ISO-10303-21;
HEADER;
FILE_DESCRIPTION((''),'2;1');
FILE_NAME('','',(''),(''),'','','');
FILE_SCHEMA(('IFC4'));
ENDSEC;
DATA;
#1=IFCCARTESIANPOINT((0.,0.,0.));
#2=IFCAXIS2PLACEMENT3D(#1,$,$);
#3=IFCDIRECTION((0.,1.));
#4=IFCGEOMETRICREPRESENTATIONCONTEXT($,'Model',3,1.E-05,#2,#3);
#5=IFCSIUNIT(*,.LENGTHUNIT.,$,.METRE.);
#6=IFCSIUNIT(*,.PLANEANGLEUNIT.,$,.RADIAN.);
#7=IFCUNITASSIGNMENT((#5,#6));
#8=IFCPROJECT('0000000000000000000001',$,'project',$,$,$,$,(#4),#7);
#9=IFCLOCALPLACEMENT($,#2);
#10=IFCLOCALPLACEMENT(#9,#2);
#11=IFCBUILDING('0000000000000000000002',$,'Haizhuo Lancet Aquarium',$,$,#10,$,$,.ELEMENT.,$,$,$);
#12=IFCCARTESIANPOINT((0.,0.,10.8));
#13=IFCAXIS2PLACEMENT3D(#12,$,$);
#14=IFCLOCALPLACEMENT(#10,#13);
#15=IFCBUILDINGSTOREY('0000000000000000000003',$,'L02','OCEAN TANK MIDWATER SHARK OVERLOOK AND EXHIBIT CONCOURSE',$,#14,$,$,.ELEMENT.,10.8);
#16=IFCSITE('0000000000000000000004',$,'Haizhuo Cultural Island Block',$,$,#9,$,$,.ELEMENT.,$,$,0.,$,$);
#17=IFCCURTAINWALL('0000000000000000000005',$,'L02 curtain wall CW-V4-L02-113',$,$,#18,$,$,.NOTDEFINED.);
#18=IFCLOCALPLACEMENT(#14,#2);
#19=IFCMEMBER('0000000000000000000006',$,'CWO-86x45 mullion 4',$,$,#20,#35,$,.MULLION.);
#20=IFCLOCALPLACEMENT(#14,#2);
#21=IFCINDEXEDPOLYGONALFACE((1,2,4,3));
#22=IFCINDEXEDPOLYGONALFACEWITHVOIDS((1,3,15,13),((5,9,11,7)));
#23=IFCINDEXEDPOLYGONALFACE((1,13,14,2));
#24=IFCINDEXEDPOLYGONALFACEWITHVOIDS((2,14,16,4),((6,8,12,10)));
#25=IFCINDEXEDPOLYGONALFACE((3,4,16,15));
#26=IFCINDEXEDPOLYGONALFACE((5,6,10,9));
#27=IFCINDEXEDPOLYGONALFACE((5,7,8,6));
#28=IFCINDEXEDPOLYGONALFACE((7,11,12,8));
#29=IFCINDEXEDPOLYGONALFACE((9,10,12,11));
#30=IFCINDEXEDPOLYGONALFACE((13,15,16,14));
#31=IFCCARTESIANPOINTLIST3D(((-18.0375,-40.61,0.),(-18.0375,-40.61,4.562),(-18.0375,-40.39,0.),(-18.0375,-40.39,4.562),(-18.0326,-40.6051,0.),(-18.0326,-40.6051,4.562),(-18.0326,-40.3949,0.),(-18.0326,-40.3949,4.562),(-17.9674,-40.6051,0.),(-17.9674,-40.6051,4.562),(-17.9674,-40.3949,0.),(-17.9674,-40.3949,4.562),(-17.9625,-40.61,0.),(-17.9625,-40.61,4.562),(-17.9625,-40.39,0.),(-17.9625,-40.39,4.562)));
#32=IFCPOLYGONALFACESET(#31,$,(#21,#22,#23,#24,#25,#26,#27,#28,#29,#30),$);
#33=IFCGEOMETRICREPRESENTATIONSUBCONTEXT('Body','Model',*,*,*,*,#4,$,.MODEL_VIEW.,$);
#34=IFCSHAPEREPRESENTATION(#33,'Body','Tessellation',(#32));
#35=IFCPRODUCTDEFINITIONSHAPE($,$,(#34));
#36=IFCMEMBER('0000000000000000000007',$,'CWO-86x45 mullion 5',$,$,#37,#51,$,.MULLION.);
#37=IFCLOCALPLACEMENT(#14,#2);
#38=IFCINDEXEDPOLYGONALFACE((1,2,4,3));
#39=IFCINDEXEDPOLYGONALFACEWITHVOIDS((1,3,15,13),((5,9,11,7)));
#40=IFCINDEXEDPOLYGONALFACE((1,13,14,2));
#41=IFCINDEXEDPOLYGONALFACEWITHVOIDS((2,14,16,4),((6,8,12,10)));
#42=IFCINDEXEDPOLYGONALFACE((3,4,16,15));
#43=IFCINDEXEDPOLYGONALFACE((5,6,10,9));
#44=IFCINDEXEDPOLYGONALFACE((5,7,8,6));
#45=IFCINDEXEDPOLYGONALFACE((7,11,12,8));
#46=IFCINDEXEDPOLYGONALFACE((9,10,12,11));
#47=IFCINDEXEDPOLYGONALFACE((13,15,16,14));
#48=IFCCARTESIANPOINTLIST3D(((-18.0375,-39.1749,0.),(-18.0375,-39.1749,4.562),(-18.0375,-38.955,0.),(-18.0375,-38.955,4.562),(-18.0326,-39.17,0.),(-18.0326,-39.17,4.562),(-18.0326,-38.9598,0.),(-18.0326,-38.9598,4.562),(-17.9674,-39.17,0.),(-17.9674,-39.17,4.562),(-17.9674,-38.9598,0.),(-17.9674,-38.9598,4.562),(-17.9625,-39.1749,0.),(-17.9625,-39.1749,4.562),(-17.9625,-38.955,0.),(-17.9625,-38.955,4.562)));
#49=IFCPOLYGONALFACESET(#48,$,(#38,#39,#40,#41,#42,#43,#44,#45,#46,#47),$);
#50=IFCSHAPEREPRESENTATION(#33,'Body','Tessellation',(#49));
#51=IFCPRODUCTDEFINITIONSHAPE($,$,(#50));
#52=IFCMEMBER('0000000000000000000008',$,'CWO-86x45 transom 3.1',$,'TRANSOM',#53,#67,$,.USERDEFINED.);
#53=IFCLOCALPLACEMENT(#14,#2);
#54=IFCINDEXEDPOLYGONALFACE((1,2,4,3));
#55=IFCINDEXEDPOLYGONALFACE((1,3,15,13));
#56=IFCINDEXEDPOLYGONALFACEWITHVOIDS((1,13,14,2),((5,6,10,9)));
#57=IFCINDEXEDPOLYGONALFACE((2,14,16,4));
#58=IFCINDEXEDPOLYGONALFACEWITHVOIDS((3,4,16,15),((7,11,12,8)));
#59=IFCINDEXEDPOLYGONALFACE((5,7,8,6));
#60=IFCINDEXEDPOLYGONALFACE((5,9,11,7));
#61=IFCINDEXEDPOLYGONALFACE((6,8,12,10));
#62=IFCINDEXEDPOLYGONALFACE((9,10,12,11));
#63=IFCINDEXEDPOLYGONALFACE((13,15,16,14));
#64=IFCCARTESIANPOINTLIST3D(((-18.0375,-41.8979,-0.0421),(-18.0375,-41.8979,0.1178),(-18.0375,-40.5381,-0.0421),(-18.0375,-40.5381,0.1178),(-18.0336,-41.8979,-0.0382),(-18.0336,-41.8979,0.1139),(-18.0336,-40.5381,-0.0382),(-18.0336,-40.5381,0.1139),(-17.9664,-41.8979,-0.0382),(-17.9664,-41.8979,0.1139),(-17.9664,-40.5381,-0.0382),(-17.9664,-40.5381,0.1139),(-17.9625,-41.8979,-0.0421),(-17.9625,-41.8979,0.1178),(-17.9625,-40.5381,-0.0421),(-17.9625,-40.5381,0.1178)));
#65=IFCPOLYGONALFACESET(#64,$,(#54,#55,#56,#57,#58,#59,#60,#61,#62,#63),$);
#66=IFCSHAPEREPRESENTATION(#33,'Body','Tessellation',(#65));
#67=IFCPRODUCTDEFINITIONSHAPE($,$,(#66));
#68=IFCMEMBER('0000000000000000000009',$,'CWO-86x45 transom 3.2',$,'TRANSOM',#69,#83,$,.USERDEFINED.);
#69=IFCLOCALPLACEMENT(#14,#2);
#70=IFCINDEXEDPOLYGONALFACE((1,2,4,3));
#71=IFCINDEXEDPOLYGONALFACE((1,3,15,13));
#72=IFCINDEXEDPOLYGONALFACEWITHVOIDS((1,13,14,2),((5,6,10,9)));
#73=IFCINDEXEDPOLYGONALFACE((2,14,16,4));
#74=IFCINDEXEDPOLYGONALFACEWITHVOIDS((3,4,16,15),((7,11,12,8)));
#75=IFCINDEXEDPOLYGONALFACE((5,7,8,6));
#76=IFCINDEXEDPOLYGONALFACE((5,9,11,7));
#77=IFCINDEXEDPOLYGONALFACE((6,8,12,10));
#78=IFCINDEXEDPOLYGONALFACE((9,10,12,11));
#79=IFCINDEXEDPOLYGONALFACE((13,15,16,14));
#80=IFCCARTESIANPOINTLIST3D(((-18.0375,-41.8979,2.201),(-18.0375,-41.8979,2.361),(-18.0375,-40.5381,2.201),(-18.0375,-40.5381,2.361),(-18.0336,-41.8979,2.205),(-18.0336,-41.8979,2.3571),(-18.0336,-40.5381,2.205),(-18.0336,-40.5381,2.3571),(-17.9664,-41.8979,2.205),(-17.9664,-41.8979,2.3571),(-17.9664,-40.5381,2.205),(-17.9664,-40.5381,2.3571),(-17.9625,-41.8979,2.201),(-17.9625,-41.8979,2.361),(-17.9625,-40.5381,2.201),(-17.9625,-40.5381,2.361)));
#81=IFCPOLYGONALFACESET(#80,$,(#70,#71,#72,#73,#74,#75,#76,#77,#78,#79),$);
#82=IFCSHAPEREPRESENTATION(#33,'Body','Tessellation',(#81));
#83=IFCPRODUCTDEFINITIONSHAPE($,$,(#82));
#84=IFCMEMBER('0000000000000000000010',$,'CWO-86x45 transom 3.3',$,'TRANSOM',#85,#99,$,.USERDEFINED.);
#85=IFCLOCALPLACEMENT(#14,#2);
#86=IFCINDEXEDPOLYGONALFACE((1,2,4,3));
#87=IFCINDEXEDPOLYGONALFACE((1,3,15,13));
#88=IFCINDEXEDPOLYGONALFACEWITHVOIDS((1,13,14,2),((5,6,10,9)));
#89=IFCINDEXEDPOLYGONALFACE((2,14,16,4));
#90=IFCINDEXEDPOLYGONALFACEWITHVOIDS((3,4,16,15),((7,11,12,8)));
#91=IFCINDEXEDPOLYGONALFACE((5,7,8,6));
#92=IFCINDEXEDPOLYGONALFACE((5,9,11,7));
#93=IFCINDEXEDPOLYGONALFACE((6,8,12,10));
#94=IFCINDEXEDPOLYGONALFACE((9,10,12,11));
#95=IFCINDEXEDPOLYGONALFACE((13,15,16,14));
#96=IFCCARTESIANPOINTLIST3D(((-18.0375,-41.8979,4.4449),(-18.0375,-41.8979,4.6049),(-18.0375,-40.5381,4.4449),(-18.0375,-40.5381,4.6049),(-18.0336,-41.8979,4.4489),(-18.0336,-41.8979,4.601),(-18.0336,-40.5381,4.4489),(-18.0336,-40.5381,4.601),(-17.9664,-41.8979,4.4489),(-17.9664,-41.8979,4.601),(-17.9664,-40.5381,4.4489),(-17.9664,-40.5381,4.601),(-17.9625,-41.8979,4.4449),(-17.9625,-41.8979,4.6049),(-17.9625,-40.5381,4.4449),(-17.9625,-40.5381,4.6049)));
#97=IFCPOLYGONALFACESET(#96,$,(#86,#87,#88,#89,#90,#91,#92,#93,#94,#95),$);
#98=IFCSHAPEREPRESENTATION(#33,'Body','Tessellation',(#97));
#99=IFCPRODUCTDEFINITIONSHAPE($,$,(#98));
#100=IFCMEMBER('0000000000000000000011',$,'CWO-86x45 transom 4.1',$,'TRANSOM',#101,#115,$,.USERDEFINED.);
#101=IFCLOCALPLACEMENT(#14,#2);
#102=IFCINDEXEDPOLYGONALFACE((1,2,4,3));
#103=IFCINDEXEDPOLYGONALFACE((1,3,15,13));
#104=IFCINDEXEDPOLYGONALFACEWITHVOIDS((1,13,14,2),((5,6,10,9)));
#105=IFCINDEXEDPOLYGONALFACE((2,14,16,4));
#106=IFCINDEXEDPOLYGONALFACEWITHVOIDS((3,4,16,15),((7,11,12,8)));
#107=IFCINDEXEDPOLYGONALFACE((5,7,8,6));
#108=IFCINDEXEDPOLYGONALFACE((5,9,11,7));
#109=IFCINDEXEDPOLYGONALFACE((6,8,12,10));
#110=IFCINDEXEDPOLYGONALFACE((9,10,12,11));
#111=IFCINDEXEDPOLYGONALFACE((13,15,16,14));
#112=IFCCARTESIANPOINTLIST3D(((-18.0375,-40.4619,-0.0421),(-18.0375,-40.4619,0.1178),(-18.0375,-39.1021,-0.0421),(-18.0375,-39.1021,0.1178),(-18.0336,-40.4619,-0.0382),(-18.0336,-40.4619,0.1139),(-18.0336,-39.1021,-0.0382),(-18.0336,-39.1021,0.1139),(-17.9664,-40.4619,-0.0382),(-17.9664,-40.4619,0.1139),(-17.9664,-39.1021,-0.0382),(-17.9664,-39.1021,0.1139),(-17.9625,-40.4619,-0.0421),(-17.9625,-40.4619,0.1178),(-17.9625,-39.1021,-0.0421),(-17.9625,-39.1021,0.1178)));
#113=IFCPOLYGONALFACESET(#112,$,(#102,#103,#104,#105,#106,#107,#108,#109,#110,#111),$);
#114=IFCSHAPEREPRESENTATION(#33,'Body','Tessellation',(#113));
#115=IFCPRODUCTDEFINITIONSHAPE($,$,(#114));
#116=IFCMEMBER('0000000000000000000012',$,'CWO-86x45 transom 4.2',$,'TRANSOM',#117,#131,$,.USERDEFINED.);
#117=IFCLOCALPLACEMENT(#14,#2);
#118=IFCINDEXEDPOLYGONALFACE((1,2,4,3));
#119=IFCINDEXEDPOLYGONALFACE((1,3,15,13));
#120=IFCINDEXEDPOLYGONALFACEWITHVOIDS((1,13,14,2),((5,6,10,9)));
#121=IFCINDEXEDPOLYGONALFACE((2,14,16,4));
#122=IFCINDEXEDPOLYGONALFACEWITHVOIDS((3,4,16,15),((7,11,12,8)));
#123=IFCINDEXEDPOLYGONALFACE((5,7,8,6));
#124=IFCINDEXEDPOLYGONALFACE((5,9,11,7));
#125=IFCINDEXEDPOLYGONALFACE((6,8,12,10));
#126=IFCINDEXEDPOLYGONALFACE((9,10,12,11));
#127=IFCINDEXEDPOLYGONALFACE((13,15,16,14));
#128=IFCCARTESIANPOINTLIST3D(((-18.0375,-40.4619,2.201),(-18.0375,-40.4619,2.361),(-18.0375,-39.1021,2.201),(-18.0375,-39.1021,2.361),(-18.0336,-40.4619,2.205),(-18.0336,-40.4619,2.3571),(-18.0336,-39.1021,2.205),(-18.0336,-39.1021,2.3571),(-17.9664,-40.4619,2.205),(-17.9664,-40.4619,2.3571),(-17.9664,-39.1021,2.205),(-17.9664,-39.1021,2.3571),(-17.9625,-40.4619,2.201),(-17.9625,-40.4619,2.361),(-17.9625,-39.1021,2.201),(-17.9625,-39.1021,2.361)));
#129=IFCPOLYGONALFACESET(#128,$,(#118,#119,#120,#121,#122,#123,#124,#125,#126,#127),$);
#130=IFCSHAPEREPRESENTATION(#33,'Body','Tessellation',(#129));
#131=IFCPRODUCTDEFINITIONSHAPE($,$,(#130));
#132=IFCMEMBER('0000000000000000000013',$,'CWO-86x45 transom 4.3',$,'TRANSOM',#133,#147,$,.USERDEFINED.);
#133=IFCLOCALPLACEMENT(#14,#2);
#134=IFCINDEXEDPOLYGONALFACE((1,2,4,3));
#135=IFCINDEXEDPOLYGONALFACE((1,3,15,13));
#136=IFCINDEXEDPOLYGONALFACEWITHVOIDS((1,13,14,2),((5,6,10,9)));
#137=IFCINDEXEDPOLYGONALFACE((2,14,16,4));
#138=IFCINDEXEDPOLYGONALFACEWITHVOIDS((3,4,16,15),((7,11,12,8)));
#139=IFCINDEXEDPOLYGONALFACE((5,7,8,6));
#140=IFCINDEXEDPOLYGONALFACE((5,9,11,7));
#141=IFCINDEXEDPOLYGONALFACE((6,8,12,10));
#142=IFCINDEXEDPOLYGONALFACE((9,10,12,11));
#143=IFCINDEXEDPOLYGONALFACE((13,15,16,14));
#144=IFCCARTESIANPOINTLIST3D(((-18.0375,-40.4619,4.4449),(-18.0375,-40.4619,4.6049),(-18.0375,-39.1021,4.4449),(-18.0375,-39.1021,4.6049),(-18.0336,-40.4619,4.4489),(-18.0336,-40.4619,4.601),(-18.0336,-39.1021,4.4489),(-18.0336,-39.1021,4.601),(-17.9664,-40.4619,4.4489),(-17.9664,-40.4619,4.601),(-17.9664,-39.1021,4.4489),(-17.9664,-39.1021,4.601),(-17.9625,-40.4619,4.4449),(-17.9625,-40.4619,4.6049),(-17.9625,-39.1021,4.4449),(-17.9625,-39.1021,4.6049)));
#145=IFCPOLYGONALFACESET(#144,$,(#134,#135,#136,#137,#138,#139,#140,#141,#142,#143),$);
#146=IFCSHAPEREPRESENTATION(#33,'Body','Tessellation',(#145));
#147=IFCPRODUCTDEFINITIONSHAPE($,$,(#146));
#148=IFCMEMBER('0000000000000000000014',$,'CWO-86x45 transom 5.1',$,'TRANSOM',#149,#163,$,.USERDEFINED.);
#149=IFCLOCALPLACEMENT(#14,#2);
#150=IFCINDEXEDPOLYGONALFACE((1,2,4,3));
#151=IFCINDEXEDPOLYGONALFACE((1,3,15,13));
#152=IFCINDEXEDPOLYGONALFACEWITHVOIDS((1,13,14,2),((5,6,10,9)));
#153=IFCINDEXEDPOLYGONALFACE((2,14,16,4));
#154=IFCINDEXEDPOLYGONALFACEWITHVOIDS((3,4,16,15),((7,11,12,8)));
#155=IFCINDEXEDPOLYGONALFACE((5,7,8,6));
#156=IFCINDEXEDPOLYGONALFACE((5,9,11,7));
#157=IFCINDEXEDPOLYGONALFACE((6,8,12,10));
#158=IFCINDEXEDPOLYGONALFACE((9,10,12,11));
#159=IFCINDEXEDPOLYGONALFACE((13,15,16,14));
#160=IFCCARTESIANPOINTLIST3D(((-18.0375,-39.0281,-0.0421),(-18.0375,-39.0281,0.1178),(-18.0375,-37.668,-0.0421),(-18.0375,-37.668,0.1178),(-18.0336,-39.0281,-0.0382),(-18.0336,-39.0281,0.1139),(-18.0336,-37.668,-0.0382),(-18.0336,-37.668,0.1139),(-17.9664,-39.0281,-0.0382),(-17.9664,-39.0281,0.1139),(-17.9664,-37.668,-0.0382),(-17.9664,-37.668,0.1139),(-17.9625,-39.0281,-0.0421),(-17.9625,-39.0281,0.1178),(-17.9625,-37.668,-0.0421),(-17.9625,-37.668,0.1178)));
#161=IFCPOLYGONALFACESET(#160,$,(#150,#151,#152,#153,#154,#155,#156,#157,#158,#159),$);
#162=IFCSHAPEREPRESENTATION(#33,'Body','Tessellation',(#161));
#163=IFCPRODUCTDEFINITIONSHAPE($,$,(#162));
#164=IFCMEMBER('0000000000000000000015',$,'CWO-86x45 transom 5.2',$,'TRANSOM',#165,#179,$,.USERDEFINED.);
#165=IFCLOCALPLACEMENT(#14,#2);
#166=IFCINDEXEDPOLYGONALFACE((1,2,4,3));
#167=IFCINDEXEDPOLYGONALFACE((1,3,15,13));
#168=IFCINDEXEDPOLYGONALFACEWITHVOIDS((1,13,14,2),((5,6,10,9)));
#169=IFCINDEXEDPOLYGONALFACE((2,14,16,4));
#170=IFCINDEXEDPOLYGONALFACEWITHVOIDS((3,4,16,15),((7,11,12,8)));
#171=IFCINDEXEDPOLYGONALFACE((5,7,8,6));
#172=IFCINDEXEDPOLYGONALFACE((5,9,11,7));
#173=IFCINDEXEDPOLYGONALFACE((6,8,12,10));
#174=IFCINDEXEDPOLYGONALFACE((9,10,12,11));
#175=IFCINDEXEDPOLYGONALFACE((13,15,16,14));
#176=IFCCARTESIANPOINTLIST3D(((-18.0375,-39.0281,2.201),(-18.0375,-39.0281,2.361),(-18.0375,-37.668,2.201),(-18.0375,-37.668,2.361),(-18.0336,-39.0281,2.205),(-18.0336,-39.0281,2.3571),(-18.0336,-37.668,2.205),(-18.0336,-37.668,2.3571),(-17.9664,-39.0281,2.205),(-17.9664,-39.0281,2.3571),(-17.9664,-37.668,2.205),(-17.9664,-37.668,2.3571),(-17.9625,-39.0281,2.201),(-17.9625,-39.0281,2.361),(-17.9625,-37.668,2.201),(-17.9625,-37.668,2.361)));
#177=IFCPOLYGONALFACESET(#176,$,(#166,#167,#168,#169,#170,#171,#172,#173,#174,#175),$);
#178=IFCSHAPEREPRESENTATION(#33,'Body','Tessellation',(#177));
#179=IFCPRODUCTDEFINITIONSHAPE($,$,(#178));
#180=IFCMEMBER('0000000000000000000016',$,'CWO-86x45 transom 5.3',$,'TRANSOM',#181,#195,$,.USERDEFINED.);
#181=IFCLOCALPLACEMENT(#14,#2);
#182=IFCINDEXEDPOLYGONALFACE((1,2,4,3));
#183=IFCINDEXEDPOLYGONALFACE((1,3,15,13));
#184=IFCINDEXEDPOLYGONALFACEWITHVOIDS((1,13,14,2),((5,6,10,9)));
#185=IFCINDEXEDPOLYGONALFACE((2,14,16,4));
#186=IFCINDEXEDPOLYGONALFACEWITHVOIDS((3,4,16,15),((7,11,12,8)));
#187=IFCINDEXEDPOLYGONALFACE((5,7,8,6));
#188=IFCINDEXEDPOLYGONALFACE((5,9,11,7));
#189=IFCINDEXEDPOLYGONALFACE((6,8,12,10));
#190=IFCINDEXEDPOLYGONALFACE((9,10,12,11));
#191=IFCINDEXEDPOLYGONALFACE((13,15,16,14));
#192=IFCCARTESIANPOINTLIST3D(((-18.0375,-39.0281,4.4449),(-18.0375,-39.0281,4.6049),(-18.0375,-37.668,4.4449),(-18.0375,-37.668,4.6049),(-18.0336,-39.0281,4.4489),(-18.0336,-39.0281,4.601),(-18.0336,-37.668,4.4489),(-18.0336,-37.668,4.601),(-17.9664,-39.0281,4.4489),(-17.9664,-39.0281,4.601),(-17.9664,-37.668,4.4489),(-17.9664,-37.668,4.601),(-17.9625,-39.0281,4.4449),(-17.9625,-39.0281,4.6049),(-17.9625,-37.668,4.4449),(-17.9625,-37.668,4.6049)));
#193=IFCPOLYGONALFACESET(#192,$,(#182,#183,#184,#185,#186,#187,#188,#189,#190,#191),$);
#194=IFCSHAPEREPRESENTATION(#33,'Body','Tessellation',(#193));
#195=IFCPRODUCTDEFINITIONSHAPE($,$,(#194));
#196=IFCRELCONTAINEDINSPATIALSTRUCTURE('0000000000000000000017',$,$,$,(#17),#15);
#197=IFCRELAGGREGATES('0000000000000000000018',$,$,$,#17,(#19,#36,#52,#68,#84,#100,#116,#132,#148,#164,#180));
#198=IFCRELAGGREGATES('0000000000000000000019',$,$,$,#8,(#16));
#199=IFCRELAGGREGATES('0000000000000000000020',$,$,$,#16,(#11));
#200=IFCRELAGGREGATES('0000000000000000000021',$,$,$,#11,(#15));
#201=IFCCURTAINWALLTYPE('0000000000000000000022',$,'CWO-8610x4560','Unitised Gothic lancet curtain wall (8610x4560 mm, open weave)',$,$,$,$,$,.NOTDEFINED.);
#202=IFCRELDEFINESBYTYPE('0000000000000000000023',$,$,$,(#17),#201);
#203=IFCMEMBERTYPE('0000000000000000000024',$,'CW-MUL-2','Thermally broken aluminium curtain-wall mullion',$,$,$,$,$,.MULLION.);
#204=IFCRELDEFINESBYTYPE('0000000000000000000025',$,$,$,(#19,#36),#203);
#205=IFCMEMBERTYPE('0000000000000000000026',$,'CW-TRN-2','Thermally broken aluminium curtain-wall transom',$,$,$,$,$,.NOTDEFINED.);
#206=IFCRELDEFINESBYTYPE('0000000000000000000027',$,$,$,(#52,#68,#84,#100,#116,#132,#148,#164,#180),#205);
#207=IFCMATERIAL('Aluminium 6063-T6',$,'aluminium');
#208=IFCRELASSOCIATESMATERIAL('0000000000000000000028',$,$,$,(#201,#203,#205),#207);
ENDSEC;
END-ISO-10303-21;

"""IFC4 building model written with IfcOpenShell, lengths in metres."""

from ifc_helpers import new_model, si_unit, direction, frame, origin, origin_2d, place, context, subcontext, project, spatial, hollow_rectangle, extrude, material, material_profile, profile_set, type_object, element, aggregate, save


model = new_model("IFC4")

# Units and contexts
model_context = context("Model", 3, precision=1e-05, world=origin(), true_north=direction((0.0, 1.0)))
body_context = subcontext(model_context, "Body", "Model", "MODEL_VIEW")
ifc_project = project(units=[si_unit("LENGTHUNIT", "METRE"), si_unit("PLANEANGLEUNIT", "RADIAN")], contexts=[model_context])

# Site, building, storey
site_placement = place(None, origin())
site = spatial("IfcSite", under=ifc_project, at=site_placement, Name="Haizhuo Cultural Island Block", CompositionType="ELEMENT", RefElevation=0.0)
building_placement = place(site_placement, origin())
building = spatial("IfcBuilding", under=site, at=building_placement, Name="Haizhuo Lancet Aquarium", CompositionType="ELEMENT")
storey_placement = place(building_placement, frame((0.0, 0.0, 10.8)))
storey = spatial("IfcBuildingStorey", under=building, at=storey_placement, Name="L02", Description="OCEAN TANK MIDWATER SHARK OVERLOOK AND EXHIBIT CONCOURSE", CompositionType="ELEMENT", Elevation=10.8)

# Curtain wall, members
ifc_material_1 = material(Name="Aluminium 6063-T6", Category="aluminium")
curtain_wall_type = type_object("IfcCurtainWallType", Name="CWO-8610x4560", Description="Unitised Gothic lancet curtain wall (8610x4560 mm, open weave)", PredefinedType="NOTDEFINED", material=ifc_material_1)
curtain_wall_placement = place(storey_placement, origin())
curtain_wall = element("IfcCurtainWall", 1, at=curtain_wall_placement, inside=storey, type_object=curtain_wall_type, Name="L02 curtain wall CW-V4-L02-113", PredefinedType="NOTDEFINED")
ifc_material_profile_1 = material_profile(ifc_material_1, hollow_rectangle(XDim=0.075, YDim=0.22, WallThickness=0.0049, at=origin_2d()), Name="ALU-M 75x220x5")
ifc_profile_set_1 = profile_set([ifc_material_profile_1], Name="Aluminium 6063-T6")
member_type_1 = type_object("IfcMemberType", Name="CW-MUL-2", Description="Thermally broken aluminium curtain-wall mullion", PredefinedType="MULLION", material=ifc_profile_set_1)
member_1_placement = place(storey_placement, frame((-18.0, -40.5, 0.0), z_axis=(0.0, 0.0, 1.0), x_axis=(-1.0, 0.0, 0.0)))
member_1 = element("IfcMember", 2, at=member_1_placement, type_object=member_type_1, Name="CWO-86x45 mullion 4", PredefinedType="MULLION", context=body_context, shape_type="SweptSolid", body=[
    extrude(hollow_rectangle(XDim=0.075, YDim=0.22, WallThickness=0.0049, at=origin_2d()), origin(), (0.0, 0.0, 1.0), 4.562),
])
member_2_placement = place(storey_placement, frame((-18.0, -39.0649, 0.0), z_axis=(0.0, 0.0, 1.0), x_axis=(-1.0, 0.0, 0.0)))
member_2 = element("IfcMember", 3, at=member_2_placement, type_object=member_type_1, Name="CWO-86x45 mullion 5", PredefinedType="MULLION", context=body_context, shape_type="SweptSolid", body=[
    extrude(hollow_rectangle(XDim=0.075, YDim=0.22, WallThickness=0.0049, at=origin_2d()), origin(), (0.0, 0.0, 1.0), 4.562),
])
ifc_material_profile_2 = material_profile(ifc_material_1, hollow_rectangle(XDim=0.075, YDim=0.1599, WallThickness=0.0039, at=origin_2d()), Name="ALU-T 75x160x4")
ifc_profile_set_2 = profile_set([ifc_material_profile_2], Name="Aluminium 6063-T6")
member_type_2 = type_object("IfcMemberType", Name="CW-TRN-2", Description="Thermally broken aluminium curtain-wall transom", PredefinedType="NOTDEFINED", material=ifc_profile_set_2)
member_3_placement = place(storey_placement, frame((-18.0, -41.8979, 0.0378), z_axis=(0.0, 1.0, 0.0), x_axis=(-1.0, 0.0, 0.0)))
member_3 = element("IfcMember", 4, at=member_3_placement, type_object=member_type_2, Name="CWO-86x45 transom 3.1", ObjectType="TRANSOM", PredefinedType="USERDEFINED", context=body_context, shape_type="SweptSolid", body=[
    extrude(hollow_rectangle(XDim=0.075, YDim=0.1599, WallThickness=0.0039, at=origin_2d()), origin(), (0.0, 0.0, 1.0), 1.3599),
])
member_4_placement = place(storey_placement, frame((-18.0, -41.8979, 2.281), z_axis=(0.0, 1.0, 0.0), x_axis=(-1.0, 0.0, 0.0)))
member_4 = element("IfcMember", 5, at=member_4_placement, type_object=member_type_2, Name="CWO-86x45 transom 3.2", ObjectType="TRANSOM", PredefinedType="USERDEFINED", context=body_context, shape_type="SweptSolid", body=[
    extrude(hollow_rectangle(XDim=0.075, YDim=0.1599, WallThickness=0.0039, at=origin_2d()), origin(), (0.0, 0.0, 1.0), 1.3599),
])
member_5_placement = place(storey_placement, frame((-18.0, -41.8979, 4.5249), z_axis=(0.0, 1.0, 0.0), x_axis=(-1.0, 0.0, 0.0)))
member_5 = element("IfcMember", 6, at=member_5_placement, type_object=member_type_2, Name="CWO-86x45 transom 3.3", ObjectType="TRANSOM", PredefinedType="USERDEFINED", context=body_context, shape_type="SweptSolid", body=[
    extrude(hollow_rectangle(XDim=0.075, YDim=0.1599, WallThickness=0.0039, at=origin_2d()), origin(), (0.0, 0.0, 1.0), 1.3599),
])
member_6_placement = place(storey_placement, frame((-18.0, -40.4619, 0.0378), z_axis=(0.0, 1.0, 0.0), x_axis=(-1.0, 0.0, 0.0)))
member_6 = element("IfcMember", 7, at=member_6_placement, type_object=member_type_2, Name="CWO-86x45 transom 4.1", ObjectType="TRANSOM", PredefinedType="USERDEFINED", context=body_context, shape_type="SweptSolid", body=[
    extrude(hollow_rectangle(XDim=0.075, YDim=0.1599, WallThickness=0.0039, at=origin_2d()), origin(), (0.0, 0.0, 1.0), 1.3599),
])
member_7_placement = place(storey_placement, frame((-18.0, -40.4619, 2.281), z_axis=(0.0, 1.0, 0.0), x_axis=(-1.0, 0.0, 0.0)))
member_7 = element("IfcMember", 8, at=member_7_placement, type_object=member_type_2, Name="CWO-86x45 transom 4.2", ObjectType="TRANSOM", PredefinedType="USERDEFINED", context=body_context, shape_type="SweptSolid", body=[
    extrude(hollow_rectangle(XDim=0.075, YDim=0.1599, WallThickness=0.0039, at=origin_2d()), origin(), (0.0, 0.0, 1.0), 1.3599),
])
member_8_placement = place(storey_placement, frame((-18.0, -40.4619, 4.5249), z_axis=(0.0, 1.0, 0.0), x_axis=(-1.0, 0.0, 0.0)))
member_8 = element("IfcMember", 9, at=member_8_placement, type_object=member_type_2, Name="CWO-86x45 transom 4.3", ObjectType="TRANSOM", PredefinedType="USERDEFINED", context=body_context, shape_type="SweptSolid", body=[
    extrude(hollow_rectangle(XDim=0.075, YDim=0.1599, WallThickness=0.0039, at=origin_2d()), origin(), (0.0, 0.0, 1.0), 1.3599),
])
member_9_placement = place(storey_placement, frame((-18.0, -39.0281, 0.0378), z_axis=(0.0, 1.0, 0.0), x_axis=(-1.0, 0.0, 0.0)))
member_9 = element("IfcMember", 10, at=member_9_placement, type_object=member_type_2, Name="CWO-86x45 transom 5.1", ObjectType="TRANSOM", PredefinedType="USERDEFINED", context=body_context, shape_type="SweptSolid", body=[
    extrude(hollow_rectangle(XDim=0.075, YDim=0.1599, WallThickness=0.0039, at=origin_2d()), origin(), (0.0, 0.0, 1.0), 1.3601),
])
member_10_placement = place(storey_placement, frame((-18.0, -39.0281, 2.281), z_axis=(0.0, 1.0, 0.0), x_axis=(-1.0, 0.0, 0.0)))
member_10 = element("IfcMember", 11, at=member_10_placement, type_object=member_type_2, Name="CWO-86x45 transom 5.2", ObjectType="TRANSOM", PredefinedType="USERDEFINED", context=body_context, shape_type="SweptSolid", body=[
    extrude(hollow_rectangle(XDim=0.075, YDim=0.1599, WallThickness=0.0039, at=origin_2d()), origin(), (0.0, 0.0, 1.0), 1.3601),
])
member_11_placement = place(storey_placement, frame((-18.0, -39.0281, 4.5249), z_axis=(0.0, 1.0, 0.0), x_axis=(-1.0, 0.0, 0.0)))
member_11 = element("IfcMember", 12, at=member_11_placement, type_object=member_type_2, Name="CWO-86x45 transom 5.3", ObjectType="TRANSOM", PredefinedType="USERDEFINED", context=body_context, shape_type="SweptSolid", body=[
    extrude(hollow_rectangle(XDim=0.075, YDim=0.1599, WallThickness=0.0039, at=origin_2d()), origin(), (0.0, 0.0, 1.0), 1.3601),
])

aggregate(curtain_wall, [member_1, member_2, member_3, member_4, member_5, member_6, member_7, member_8, member_9, member_10, member_11])

save(model, "model.ifc")
